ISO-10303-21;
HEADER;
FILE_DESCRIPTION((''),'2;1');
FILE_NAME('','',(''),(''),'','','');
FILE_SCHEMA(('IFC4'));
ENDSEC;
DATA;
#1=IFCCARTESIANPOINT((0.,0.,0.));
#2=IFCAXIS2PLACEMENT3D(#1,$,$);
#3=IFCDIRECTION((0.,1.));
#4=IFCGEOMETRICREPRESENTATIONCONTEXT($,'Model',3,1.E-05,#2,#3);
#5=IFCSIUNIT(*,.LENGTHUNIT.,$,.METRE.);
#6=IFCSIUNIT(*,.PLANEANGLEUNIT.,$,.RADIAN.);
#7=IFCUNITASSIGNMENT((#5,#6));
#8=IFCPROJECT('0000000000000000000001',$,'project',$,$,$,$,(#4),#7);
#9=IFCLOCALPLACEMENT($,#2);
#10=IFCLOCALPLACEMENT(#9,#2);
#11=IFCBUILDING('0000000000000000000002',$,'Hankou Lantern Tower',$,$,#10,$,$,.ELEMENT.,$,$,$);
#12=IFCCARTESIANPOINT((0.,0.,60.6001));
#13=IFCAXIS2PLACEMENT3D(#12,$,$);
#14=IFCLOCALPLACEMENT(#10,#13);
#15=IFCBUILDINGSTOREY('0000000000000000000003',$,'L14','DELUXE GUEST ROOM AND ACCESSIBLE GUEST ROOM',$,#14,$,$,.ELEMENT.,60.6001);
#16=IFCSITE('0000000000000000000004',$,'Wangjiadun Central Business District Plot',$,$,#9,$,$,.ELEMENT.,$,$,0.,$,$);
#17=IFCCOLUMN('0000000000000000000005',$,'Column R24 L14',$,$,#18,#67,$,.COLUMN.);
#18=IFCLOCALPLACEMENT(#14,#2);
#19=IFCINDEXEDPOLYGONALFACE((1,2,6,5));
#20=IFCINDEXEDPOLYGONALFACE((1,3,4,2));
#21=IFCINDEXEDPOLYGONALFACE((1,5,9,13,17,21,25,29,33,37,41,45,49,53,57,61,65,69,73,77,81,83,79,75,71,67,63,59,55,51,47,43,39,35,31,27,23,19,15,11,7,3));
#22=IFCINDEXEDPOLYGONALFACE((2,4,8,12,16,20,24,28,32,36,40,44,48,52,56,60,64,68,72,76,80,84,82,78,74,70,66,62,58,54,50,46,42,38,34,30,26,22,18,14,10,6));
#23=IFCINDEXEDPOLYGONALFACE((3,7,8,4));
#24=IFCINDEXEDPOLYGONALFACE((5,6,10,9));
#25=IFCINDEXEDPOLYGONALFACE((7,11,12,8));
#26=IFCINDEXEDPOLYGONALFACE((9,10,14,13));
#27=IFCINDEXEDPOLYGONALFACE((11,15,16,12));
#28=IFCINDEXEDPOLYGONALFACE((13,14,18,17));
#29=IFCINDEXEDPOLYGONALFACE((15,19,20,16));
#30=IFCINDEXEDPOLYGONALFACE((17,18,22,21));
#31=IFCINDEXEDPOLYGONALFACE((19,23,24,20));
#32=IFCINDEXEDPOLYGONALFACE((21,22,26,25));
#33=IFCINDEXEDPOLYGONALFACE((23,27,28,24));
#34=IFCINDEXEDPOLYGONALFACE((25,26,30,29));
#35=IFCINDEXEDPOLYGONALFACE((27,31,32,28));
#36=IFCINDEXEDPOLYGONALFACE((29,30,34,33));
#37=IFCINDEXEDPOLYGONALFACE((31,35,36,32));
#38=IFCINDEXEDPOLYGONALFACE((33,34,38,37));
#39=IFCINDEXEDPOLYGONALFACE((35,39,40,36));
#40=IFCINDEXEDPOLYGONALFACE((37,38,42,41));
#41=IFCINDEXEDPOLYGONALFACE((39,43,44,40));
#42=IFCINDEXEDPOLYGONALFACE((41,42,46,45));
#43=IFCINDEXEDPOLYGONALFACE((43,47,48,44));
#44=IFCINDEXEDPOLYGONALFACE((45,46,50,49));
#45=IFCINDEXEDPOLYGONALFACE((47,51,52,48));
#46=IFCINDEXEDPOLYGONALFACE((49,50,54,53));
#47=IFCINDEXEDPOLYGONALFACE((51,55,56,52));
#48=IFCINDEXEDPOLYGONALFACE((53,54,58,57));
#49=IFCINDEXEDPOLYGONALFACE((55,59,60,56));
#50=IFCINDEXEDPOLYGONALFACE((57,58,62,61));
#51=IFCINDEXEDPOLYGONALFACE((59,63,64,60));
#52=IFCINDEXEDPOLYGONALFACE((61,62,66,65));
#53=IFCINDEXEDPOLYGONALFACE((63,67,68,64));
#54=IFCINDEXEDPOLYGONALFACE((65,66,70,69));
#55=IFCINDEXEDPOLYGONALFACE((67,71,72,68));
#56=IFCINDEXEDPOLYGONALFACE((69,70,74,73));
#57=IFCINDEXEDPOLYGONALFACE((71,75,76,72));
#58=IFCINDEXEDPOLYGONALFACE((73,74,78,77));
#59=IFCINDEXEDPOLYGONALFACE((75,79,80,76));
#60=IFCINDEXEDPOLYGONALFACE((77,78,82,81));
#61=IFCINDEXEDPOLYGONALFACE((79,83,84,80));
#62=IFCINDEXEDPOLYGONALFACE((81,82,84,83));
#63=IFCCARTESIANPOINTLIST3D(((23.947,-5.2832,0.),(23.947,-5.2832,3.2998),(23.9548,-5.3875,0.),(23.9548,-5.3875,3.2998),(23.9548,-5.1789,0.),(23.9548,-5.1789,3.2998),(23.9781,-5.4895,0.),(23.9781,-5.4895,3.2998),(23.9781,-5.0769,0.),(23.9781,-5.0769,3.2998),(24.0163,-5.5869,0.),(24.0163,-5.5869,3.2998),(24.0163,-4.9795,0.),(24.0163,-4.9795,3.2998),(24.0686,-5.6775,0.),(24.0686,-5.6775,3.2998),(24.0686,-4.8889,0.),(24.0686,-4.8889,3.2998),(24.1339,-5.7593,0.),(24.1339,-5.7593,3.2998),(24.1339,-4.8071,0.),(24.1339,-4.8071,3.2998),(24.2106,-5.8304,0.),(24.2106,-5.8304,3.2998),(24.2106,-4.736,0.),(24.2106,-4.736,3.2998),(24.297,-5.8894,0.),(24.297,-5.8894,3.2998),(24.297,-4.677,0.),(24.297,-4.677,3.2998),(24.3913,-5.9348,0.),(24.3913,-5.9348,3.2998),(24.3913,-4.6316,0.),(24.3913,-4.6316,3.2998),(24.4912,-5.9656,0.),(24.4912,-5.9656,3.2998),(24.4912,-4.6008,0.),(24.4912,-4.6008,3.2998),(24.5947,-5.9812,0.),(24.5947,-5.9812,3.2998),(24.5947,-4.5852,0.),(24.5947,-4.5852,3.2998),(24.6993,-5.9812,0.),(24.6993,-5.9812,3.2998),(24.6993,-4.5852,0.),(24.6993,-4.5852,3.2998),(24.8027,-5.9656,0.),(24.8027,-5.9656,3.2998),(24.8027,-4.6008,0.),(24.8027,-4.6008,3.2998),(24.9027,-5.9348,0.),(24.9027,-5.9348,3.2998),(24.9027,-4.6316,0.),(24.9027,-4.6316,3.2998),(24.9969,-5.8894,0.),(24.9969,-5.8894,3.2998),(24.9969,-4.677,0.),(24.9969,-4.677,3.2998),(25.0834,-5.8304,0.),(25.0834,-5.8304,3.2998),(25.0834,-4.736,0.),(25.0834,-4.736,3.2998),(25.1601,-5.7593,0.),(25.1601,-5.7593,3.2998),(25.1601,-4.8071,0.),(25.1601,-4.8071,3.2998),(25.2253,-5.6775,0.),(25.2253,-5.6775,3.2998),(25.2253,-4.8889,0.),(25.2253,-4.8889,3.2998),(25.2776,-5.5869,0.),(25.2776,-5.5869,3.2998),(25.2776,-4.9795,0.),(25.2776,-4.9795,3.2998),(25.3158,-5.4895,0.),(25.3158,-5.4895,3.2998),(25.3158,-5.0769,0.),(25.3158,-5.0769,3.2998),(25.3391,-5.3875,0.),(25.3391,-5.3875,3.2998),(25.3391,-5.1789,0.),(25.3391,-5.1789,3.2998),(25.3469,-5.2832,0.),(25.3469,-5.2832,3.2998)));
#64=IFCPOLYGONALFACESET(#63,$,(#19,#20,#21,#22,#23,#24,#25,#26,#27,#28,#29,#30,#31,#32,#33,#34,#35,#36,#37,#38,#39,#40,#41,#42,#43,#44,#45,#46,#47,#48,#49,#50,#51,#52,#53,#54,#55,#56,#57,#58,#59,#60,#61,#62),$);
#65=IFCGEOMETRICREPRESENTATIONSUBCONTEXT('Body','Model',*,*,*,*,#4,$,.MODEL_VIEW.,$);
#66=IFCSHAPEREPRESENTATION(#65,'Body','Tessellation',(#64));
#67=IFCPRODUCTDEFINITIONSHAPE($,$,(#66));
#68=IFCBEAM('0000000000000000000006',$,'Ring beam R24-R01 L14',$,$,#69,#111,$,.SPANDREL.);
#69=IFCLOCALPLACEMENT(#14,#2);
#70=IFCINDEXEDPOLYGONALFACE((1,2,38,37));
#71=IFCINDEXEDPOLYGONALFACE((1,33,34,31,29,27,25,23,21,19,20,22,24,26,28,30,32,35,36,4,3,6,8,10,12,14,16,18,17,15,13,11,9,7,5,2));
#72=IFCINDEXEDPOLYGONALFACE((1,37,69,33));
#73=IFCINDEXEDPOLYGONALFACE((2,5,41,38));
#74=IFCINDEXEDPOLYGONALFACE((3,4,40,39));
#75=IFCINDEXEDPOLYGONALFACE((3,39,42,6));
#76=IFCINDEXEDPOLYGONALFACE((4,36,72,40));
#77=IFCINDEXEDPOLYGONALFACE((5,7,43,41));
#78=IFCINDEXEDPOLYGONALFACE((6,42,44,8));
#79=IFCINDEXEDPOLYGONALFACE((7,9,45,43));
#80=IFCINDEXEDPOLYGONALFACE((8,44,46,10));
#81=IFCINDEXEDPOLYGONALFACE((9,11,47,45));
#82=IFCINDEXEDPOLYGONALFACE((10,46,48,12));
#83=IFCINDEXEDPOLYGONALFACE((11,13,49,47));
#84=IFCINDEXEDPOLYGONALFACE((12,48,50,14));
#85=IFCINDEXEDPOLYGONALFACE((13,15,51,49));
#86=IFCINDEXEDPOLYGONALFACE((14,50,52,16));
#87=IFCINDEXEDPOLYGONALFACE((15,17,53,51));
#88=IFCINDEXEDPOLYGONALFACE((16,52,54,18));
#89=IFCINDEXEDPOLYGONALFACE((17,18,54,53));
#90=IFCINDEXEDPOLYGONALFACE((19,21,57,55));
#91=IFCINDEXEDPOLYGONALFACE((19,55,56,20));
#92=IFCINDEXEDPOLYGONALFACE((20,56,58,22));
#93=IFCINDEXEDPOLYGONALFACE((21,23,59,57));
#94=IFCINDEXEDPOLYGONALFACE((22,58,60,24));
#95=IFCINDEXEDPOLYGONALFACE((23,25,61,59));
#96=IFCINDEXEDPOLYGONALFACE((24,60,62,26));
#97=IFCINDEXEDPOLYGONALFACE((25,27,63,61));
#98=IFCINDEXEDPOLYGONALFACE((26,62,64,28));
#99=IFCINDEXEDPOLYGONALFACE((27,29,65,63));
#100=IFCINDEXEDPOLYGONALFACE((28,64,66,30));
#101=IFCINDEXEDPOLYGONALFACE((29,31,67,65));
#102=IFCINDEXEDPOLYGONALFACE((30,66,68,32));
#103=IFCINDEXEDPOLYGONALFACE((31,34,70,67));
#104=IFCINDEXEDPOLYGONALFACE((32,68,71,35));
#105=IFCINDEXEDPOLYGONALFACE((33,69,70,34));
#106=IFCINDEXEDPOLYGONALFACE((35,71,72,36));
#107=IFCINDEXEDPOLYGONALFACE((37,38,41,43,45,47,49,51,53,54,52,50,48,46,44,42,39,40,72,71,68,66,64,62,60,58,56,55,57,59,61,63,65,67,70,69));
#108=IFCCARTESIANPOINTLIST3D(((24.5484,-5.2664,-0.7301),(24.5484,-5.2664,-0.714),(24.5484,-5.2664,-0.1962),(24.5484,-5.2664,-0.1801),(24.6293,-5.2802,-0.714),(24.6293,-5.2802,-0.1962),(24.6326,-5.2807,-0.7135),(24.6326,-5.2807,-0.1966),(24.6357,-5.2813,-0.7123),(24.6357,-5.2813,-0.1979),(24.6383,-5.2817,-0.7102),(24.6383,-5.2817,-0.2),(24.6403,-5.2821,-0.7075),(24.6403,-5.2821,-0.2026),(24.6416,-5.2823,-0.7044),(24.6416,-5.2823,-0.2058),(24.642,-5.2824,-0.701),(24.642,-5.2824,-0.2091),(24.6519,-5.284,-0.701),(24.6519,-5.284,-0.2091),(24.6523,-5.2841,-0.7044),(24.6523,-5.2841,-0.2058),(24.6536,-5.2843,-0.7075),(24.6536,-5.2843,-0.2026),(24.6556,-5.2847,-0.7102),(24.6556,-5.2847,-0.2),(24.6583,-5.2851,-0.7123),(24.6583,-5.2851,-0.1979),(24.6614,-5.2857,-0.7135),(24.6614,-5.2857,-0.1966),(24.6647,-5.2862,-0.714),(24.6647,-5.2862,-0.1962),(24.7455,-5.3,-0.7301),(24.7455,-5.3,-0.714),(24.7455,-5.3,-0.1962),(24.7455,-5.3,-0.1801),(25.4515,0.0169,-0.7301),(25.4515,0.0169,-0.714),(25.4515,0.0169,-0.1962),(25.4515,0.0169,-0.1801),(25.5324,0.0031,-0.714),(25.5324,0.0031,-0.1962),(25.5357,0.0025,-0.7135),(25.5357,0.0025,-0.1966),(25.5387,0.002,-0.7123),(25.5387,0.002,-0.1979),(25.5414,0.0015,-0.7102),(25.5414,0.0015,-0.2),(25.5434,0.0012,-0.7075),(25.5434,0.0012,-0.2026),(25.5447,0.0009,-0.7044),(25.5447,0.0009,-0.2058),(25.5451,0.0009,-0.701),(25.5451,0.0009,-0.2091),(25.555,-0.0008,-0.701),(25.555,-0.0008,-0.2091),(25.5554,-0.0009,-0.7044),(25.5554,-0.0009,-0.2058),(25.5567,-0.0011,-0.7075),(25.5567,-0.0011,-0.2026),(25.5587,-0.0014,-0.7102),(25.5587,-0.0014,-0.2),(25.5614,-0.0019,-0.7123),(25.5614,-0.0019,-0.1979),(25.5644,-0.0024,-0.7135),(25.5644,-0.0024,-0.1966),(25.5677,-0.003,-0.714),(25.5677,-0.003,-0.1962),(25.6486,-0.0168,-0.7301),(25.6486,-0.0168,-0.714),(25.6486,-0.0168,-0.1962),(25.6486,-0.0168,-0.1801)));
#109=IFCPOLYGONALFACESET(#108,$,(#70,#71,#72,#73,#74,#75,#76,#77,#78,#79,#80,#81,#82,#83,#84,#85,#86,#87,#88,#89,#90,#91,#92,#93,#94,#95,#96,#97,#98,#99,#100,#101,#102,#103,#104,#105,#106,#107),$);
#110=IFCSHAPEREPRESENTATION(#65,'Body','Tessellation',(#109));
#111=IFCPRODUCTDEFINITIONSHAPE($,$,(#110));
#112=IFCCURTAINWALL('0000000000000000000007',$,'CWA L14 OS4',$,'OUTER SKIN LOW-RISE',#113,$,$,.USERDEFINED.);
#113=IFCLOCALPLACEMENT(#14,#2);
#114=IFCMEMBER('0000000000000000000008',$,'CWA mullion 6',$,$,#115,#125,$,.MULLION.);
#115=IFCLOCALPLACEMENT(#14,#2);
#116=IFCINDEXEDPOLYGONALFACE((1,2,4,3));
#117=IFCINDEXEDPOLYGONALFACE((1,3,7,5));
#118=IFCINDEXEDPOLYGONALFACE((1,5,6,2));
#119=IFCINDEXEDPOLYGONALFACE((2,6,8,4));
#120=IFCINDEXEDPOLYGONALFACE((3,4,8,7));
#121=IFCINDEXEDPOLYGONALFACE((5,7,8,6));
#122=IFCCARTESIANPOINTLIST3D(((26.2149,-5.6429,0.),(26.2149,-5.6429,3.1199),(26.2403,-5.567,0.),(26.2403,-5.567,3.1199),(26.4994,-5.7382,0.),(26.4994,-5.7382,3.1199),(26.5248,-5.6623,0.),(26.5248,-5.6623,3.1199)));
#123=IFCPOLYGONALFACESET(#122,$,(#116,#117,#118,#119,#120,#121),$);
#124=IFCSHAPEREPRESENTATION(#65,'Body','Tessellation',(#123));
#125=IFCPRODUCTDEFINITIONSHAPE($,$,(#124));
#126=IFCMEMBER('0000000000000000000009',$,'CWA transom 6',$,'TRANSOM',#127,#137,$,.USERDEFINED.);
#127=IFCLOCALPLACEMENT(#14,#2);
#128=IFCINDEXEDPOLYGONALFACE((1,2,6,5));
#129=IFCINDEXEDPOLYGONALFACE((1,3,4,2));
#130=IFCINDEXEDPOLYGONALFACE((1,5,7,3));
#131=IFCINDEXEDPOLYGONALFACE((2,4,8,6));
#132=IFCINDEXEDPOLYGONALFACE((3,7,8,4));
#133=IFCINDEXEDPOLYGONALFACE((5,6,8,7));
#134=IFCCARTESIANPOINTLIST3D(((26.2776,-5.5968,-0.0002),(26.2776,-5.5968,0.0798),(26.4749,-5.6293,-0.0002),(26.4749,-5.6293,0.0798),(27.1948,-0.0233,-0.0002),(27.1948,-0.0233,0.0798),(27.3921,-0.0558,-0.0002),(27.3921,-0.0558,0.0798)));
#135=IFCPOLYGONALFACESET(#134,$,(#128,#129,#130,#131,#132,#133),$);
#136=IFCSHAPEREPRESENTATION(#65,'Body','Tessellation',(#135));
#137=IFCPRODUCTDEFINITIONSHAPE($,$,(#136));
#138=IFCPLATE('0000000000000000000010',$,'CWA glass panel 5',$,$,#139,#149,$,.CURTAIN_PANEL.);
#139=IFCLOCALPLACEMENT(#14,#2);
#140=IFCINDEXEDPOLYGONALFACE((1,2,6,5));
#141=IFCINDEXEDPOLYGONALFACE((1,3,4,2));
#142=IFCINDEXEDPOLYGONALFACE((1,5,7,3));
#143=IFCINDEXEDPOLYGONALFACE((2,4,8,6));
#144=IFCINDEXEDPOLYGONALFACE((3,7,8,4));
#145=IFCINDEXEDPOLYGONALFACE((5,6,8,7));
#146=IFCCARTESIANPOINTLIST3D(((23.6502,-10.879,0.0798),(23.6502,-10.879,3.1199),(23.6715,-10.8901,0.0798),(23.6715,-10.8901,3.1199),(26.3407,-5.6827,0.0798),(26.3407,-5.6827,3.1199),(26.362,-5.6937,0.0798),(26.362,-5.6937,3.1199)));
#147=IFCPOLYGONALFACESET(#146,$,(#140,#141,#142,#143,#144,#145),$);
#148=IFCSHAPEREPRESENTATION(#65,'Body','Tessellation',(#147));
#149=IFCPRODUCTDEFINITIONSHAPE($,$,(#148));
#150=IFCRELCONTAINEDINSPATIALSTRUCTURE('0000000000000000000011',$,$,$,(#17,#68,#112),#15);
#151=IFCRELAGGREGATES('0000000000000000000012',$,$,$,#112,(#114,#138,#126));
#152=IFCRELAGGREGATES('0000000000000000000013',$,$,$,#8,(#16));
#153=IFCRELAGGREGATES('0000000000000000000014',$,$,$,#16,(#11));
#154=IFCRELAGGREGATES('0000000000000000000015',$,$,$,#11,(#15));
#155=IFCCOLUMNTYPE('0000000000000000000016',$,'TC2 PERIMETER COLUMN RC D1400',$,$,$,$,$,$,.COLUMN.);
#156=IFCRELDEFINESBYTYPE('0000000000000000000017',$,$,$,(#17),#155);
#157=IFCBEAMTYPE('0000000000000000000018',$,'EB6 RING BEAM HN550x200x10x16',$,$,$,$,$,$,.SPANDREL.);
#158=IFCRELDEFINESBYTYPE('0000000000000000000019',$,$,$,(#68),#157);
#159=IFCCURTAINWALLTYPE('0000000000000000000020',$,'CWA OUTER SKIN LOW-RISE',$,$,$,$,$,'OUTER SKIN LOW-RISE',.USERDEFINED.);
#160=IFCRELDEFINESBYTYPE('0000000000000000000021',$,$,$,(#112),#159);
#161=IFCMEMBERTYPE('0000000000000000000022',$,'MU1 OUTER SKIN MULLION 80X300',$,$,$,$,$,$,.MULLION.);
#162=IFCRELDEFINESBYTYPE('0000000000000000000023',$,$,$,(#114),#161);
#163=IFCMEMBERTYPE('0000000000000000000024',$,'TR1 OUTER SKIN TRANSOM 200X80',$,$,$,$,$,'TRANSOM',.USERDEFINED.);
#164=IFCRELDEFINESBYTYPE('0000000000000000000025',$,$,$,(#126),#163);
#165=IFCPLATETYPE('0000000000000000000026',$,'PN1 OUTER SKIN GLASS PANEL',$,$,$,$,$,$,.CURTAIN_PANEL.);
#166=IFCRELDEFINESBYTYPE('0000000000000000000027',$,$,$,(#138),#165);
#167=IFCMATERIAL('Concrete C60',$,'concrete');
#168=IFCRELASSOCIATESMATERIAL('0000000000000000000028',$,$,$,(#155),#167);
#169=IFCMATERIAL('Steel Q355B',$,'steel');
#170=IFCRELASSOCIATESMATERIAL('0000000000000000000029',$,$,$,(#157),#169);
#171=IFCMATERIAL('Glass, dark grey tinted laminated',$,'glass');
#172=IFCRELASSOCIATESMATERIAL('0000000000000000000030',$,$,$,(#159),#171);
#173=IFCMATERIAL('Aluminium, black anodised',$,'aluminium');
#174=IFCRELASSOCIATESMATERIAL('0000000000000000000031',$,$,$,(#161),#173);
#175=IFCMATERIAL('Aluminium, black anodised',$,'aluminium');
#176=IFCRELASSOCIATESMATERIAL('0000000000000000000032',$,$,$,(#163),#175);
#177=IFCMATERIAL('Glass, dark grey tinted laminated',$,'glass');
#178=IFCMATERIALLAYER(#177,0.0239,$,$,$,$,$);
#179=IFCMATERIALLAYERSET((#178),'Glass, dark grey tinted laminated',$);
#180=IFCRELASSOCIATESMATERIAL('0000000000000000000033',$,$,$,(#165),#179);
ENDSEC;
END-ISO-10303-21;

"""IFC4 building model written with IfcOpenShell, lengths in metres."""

from ifc_helpers import new_model, si_unit, direction, frame, origin, origin_2d, place, context, subcontext, project, spatial, rectangle, circle, i_section, extrude, material, layer, layer_set, material_profile, profile_set, type_object, element, aggregate, save


model = new_model("IFC4")

# Units and contexts
model_context = context("Model", 3, precision=1e-05, world=origin(), true_north=direction((0.0, 1.0)))
body_context = subcontext(model_context, "Body", "Model", "MODEL_VIEW")
ifc_project = project(units=[si_unit("LENGTHUNIT", "METRE"), si_unit("PLANEANGLEUNIT", "RADIAN")], contexts=[model_context])

# Site, building, storey
site_placement = place(None, origin())
site = spatial("IfcSite", under=ifc_project, at=site_placement, Name="Wangjiadun Central Business District Plot", CompositionType="ELEMENT", RefElevation=0.0)
building_placement = place(site_placement, origin())
building = spatial("IfcBuilding", under=site, at=building_placement, Name="Hankou Lantern Tower", CompositionType="ELEMENT")
storey_placement = place(building_placement, frame((0.0, 0.0, 60.6001)))
storey = spatial("IfcBuildingStorey", under=building, at=storey_placement, Name="L14", Description="DELUXE GUEST ROOM AND ACCESSIBLE GUEST ROOM", CompositionType="ELEMENT", Elevation=60.6001)

# Column
ifc_material_1 = material(Name="Concrete C60", Category="concrete")
ifc_material_profile_1 = material_profile(ifc_material_1, circle(Radius=0.7, at=origin_2d()), Name="RC D1400")
ifc_profile_set_1 = profile_set([ifc_material_profile_1], Name="Concrete C60")
column_type = type_object("IfcColumnType", Name="TC2 PERIMETER COLUMN RC D1400", PredefinedType="COLUMN", material=ifc_profile_set_1)
column_placement = place(storey_placement, frame((24.647, -5.2832, 0.0), z_axis=(0.0, 0.0, 1.0), x_axis=(1.0, 0.0, 0.0)))
element("IfcColumn", 1, at=column_placement, inside=storey, type_object=column_type, Name="Column R24 L14", PredefinedType="COLUMN", context=body_context, shape_type="SweptSolid", body=[
    extrude(circle(Radius=0.7, at=origin_2d()), origin(), (0.0, 0.0, 1.0), 3.2998),
])

# Beam
ifc_material_2 = material(Name="Steel Q355B", Category="steel")
ifc_material_profile_2 = material_profile(ifc_material_2, i_section(OverallWidth=0.2, OverallDepth=0.55, WebThickness=0.01, FlangeThickness=0.0161, FilletRadius=0.0129, at=origin_2d()), Name="HN550x200x10x16")
ifc_profile_set_2 = profile_set([ifc_material_profile_2], Name="Steel Q355B")
beam_type = type_object("IfcBeamType", Name="EB6 RING BEAM HN550x200x10x16", PredefinedType="SPANDREL", material=ifc_profile_set_2)
beam_placement = place(storey_placement, frame((24.647, -5.2832, -0.4551), z_axis=(0.16849, 0.985703, 0.0), x_axis=(-0.985703, 0.16849, 0.0)))
element("IfcBeam", 2, at=beam_placement, inside=storey, type_object=beam_type, Name="Ring beam R24-R01 L14", PredefinedType="SPANDREL", context=body_context, shape_type="SweptSolid", body=[
    extrude(i_section(OverallWidth=0.2, OverallDepth=0.55, WebThickness=0.01, FlangeThickness=0.0161, FilletRadius=0.0129, at=origin_2d()), origin(), (0.0, 0.0, 1.0), 5.3599),
])

# Curtain wall, members, plate
ifc_material_3 = material(Name="Glass, dark grey tinted laminated", Category="glass")
curtain_wall_type = type_object("IfcCurtainWallType", Name="CWA OUTER SKIN LOW-RISE", ElementType="OUTER SKIN LOW-RISE", PredefinedType="USERDEFINED", material=ifc_material_3)
curtain_wall_placement = place(storey_placement, origin())
curtain_wall = element("IfcCurtainWall", 3, at=curtain_wall_placement, inside=storey, type_object=curtain_wall_type, Name="CWA L14 OS4", ObjectType="OUTER SKIN LOW-RISE", PredefinedType="USERDEFINED")
ifc_material_4 = material(Name="Aluminium, black anodised", Category="aluminium")
ifc_material_profile_3 = material_profile(ifc_material_4, rectangle(XDim=0.0801, YDim=0.3, at=origin_2d()), Name="MU1 80X300")
ifc_profile_set_3 = profile_set([ifc_material_profile_3], Name="Aluminium, black anodised")
member_type_1 = type_object("IfcMemberType", Name="MU1 OUTER SKIN MULLION 80X300", PredefinedType="MULLION", material=ifc_profile_set_3)
member_1_placement = place(storey_placement, frame((26.3699, -5.6526, 0.0), z_axis=(0.0, 0.0, 1.0), x_axis=(0.317596, 0.948226, 0.0)))
member_1 = element("IfcMember", 4, at=member_1_placement, type_object=member_type_1, Name="CWA mullion 6", PredefinedType="MULLION", context=body_context, shape_type="SweptSolid", body=[
    extrude(rectangle(XDim=0.0801, YDim=0.3, at=origin_2d()), origin(), (0.0, 0.0, 1.0), 3.1199),
])
ifc_material_5 = material(Name="Aluminium, black anodised", Category="aluminium")
ifc_material_profile_4 = material_profile(ifc_material_5, rectangle(XDim=0.2, YDim=0.0801, at=origin_2d()), Name="TR1 200X80")
ifc_profile_set_4 = profile_set([ifc_material_profile_4], Name="Aluminium, black anodised")
member_type_2 = type_object("IfcMemberType", Name="TR1 OUTER SKIN TRANSOM 200X80", ElementType="TRANSOM", PredefinedType="USERDEFINED", material=ifc_profile_set_4)
member_2_placement = place(storey_placement, frame((26.3762, -5.613, 0.0398), z_axis=(0.162387, 0.986727, 0.0), x_axis=(-0.986727, 0.162387, 0.0)))
member_2 = element("IfcMember", 5, at=member_2_placement, type_object=member_type_2, Name="CWA transom 6", ObjectType="TRANSOM", PredefinedType="USERDEFINED", context=body_context, shape_type="SweptSolid", body=[
    extrude(rectangle(XDim=0.2, YDim=0.0801, at=origin_2d()), origin(), (0.0, 0.0, 1.0), 5.6484),
])
ifc_material_6 = material(Name="Glass, dark grey tinted laminated", Category="glass")
ifc_layer_1 = layer(ifc_material_6, 0.0239)
ifc_layer_set_1 = layer_set([ifc_layer_1], Name="Glass, dark grey tinted laminated")
plate_type = type_object("IfcPlateType", Name="PN1 OUTER SKIN GLASS PANEL", PredefinedType="CURTAIN_PANEL", material=ifc_layer_set_1)
plate_placement = place(storey_placement, frame((25.0061, -8.2864, 0.0798), z_axis=(0.0, 0.0, 1.0), x_axis=(0.459791, 0.888027, 0.0)))
plate = element("IfcPlate", 6, at=plate_placement, type_object=plate_type, Name="CWA glass panel 5", PredefinedType="CURTAIN_PANEL", context=body_context, shape_type="SweptSolid", body=[
    extrude(rectangle(XDim=5.8516, YDim=0.0239, at=origin_2d()), origin(), (0.0, 0.0, 1.0), 3.04),
])
aggregate(curtain_wall, [member_1, plate, member_2])

save(model, "model.ifc")
